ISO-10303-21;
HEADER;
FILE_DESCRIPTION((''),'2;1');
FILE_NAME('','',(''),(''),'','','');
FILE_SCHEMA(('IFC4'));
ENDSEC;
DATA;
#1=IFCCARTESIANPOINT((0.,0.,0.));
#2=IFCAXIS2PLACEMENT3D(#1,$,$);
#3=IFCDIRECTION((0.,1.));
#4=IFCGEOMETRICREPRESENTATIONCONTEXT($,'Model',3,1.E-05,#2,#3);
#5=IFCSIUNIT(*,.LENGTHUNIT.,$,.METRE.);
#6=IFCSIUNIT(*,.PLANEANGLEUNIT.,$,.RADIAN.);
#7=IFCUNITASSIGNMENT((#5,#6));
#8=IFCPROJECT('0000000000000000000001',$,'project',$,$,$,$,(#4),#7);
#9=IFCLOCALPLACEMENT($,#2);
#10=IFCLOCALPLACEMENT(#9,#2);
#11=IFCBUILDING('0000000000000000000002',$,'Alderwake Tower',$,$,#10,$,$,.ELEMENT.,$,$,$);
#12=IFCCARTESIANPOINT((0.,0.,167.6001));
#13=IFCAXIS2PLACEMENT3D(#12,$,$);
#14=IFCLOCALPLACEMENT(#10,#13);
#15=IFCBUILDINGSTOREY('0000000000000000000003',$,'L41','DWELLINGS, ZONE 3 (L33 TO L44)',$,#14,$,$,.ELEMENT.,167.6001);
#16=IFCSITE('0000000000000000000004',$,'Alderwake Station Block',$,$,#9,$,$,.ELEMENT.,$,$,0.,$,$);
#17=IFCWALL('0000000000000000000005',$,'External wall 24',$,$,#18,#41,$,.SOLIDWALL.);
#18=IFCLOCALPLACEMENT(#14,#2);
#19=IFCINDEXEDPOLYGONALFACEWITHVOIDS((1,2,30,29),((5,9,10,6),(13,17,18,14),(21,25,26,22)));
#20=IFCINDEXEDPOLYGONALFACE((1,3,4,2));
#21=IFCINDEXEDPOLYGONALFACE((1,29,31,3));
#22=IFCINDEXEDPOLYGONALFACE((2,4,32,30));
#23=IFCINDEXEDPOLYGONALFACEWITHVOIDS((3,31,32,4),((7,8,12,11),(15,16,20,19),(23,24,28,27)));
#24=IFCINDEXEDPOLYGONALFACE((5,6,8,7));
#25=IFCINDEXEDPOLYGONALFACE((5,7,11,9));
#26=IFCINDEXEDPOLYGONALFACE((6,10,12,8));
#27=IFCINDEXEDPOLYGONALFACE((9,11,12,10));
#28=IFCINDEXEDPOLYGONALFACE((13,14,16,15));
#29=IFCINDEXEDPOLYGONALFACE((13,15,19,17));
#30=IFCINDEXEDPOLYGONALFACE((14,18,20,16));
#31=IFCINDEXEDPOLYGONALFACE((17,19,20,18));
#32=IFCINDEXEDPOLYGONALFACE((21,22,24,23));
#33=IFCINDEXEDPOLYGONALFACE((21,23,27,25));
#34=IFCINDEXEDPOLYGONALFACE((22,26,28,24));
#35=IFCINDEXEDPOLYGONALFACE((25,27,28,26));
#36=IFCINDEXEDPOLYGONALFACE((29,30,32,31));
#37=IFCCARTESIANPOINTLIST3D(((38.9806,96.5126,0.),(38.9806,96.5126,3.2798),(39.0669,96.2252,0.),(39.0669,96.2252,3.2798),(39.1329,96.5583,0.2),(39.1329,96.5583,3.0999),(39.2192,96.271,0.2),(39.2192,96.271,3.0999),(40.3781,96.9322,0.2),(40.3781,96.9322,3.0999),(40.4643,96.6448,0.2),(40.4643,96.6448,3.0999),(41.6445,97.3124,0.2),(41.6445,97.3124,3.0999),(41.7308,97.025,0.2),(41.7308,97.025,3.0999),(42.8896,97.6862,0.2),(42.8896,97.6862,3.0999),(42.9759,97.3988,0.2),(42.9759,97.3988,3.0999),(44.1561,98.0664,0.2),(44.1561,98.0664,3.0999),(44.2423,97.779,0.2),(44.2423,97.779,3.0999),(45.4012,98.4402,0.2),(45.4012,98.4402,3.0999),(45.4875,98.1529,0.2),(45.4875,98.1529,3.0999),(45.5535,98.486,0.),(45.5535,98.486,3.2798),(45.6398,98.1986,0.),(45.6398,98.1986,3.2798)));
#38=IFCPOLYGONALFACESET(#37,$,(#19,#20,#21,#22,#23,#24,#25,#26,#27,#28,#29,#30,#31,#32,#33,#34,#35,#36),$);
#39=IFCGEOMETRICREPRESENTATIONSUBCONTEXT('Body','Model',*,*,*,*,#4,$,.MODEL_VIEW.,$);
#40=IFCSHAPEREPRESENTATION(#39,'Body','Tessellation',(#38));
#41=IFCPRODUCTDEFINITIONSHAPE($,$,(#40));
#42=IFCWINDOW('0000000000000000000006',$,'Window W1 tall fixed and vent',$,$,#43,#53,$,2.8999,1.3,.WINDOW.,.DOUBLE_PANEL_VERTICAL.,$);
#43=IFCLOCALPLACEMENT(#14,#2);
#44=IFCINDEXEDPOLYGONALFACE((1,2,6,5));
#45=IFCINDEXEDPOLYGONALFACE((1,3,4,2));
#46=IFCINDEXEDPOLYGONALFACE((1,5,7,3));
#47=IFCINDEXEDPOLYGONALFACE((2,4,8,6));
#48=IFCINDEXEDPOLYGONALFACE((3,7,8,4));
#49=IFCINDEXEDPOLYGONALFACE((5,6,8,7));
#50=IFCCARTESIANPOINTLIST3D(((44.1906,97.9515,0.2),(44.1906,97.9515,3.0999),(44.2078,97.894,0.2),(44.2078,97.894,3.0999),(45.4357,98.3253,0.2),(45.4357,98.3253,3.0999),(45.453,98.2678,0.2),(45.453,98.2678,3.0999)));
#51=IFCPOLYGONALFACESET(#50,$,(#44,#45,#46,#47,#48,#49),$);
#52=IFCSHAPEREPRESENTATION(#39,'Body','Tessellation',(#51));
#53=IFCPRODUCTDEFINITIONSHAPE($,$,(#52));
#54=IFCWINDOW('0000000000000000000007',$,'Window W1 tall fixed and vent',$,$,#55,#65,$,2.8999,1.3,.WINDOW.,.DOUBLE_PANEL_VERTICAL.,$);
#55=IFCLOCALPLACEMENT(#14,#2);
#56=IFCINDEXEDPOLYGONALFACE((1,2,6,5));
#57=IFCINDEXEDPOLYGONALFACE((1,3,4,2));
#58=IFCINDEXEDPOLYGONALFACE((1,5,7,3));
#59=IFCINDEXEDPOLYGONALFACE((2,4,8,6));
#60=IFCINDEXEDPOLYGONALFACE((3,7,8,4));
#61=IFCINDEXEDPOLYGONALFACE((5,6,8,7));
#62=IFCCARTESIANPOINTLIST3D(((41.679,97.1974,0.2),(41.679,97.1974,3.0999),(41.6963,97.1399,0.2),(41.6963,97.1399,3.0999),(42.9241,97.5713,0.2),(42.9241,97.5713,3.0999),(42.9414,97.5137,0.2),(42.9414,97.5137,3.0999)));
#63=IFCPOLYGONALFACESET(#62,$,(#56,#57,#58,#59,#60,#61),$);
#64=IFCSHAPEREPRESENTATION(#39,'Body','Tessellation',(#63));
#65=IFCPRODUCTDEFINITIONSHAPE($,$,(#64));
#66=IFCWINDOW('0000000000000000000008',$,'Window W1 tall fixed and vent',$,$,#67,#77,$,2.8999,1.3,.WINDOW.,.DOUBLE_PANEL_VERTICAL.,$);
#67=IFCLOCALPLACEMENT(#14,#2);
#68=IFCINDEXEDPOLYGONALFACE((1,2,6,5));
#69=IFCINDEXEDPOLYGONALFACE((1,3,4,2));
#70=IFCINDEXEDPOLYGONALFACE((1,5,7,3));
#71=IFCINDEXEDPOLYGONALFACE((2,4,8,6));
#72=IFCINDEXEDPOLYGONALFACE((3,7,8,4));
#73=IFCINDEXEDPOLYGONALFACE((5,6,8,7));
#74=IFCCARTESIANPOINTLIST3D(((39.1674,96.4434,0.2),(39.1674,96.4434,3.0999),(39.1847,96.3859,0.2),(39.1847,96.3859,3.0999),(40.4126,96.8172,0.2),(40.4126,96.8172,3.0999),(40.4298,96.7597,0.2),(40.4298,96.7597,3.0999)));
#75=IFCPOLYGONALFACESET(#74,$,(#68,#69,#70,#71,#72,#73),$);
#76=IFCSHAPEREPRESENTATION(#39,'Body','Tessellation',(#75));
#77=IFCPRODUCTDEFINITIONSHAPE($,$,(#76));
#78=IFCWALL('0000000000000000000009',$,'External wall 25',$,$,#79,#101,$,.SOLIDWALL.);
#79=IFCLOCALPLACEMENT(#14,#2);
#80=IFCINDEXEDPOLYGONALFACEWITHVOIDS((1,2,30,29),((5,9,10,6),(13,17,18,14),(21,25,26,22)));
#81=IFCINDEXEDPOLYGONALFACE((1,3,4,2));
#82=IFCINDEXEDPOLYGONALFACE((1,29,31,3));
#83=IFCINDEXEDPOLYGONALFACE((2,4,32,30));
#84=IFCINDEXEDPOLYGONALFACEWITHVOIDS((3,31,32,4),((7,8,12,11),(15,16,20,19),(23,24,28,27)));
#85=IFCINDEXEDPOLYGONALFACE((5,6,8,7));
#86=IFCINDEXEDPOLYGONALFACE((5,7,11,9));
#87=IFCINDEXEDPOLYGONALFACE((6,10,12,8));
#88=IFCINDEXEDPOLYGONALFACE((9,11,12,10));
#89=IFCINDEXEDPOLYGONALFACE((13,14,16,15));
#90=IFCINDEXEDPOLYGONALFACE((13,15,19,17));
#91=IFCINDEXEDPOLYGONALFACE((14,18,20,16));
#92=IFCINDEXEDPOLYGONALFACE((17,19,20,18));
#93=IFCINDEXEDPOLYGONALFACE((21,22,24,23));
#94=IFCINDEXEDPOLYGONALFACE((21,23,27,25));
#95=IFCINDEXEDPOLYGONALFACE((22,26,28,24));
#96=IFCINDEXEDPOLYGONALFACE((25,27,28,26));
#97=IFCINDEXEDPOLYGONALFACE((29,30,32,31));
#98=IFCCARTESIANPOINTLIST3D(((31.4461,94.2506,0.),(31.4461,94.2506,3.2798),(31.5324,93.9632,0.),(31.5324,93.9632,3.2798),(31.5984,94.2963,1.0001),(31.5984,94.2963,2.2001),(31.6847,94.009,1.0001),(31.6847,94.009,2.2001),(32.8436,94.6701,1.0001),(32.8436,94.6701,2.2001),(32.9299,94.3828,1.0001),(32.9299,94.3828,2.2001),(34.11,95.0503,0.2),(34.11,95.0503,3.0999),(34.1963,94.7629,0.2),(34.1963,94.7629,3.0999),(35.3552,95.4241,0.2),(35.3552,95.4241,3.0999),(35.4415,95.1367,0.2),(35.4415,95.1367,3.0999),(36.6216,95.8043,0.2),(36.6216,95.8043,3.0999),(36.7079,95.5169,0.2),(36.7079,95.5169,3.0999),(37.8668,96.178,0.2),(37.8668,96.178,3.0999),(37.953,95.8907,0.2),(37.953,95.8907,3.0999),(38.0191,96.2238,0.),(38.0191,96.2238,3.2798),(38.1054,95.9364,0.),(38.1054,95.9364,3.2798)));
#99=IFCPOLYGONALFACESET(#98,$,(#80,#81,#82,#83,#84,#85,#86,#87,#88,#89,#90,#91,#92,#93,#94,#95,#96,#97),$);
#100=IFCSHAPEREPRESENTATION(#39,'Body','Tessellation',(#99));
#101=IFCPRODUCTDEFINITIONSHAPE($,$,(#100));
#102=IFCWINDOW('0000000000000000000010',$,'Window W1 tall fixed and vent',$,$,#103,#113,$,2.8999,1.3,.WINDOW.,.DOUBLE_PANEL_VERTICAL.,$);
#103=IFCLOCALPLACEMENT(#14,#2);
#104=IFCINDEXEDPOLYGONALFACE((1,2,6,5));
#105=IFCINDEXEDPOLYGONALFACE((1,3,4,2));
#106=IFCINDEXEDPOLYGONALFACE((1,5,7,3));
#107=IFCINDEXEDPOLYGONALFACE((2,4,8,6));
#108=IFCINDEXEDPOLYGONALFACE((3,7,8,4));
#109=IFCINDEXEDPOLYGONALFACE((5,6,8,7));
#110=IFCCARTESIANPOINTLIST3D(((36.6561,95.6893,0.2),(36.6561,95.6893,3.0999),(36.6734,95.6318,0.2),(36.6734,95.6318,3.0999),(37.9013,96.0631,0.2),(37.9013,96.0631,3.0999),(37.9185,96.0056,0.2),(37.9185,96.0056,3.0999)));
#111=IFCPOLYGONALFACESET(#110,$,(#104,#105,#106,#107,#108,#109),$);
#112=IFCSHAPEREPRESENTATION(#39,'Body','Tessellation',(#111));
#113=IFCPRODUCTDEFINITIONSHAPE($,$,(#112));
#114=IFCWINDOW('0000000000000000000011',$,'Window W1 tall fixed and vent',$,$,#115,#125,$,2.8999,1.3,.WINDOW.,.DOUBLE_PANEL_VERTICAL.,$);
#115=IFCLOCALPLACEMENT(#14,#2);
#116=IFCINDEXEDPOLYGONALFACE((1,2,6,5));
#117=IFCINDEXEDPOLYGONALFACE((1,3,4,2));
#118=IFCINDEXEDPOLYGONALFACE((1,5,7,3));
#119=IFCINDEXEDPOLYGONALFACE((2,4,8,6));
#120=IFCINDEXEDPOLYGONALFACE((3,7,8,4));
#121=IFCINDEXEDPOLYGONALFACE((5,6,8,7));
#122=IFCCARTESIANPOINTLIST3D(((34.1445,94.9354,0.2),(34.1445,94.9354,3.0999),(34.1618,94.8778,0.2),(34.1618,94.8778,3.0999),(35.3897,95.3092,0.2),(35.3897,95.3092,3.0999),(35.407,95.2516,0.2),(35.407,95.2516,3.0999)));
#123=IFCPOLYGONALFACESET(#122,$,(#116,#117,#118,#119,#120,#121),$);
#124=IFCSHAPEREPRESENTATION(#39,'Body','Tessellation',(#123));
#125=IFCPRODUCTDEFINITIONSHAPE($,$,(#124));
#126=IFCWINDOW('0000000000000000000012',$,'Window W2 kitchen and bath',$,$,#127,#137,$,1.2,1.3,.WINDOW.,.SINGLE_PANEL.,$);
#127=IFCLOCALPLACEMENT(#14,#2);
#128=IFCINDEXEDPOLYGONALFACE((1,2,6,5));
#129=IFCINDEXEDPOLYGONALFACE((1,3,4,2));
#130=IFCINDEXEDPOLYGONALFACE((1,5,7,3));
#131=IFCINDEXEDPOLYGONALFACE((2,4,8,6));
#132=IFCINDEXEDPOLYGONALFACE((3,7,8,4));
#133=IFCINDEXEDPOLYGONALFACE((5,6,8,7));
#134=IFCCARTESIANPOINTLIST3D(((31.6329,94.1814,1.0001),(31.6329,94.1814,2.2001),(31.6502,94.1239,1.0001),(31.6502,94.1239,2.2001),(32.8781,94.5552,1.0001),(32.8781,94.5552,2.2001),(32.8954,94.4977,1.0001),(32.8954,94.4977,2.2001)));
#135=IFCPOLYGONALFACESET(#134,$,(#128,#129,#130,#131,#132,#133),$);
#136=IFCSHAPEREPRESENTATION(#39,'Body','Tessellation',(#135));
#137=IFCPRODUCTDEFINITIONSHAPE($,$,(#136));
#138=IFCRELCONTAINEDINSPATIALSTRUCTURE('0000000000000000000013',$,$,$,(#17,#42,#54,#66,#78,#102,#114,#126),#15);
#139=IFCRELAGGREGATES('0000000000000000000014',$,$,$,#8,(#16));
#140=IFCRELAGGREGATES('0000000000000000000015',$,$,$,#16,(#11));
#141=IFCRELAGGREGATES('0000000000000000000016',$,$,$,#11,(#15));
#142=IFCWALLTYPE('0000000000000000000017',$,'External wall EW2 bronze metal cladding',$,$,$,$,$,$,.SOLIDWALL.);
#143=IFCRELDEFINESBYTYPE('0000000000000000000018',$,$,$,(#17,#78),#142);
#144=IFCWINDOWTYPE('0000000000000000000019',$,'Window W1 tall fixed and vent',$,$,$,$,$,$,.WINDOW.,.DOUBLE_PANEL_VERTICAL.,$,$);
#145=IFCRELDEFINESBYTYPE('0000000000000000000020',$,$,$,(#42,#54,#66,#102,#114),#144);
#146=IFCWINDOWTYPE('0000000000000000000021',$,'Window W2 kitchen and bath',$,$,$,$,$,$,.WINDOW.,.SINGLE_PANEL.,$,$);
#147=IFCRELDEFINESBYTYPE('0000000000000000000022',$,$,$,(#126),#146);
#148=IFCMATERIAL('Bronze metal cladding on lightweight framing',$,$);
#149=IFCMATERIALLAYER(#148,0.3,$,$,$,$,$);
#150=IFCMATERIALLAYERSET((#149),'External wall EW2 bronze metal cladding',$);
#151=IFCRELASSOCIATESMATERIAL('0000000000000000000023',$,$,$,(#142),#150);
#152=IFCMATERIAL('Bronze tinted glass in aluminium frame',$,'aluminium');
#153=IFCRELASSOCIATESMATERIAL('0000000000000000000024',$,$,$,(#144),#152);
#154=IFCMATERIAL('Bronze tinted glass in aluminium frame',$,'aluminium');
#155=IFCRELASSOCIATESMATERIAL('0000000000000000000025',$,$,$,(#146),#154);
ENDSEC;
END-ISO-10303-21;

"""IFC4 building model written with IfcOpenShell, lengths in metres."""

from ifc_helpers import new_model, si_unit, direction, frame, frame_2d, origin, place, context, subcontext, project, spatial, rectangle, extrude, material, layer, layer_set, type_object, element, fill, save


model = new_model("IFC4")

# Units and contexts
model_context = context("Model", 3, precision=1e-05, world=origin(), true_north=direction((0.0, 1.0)))
body_context = subcontext(model_context, "Body", "Model", "MODEL_VIEW")
ifc_project = project(units=[si_unit("LENGTHUNIT", "METRE"), si_unit("PLANEANGLEUNIT", "RADIAN")], contexts=[model_context])

# Site, building, storey
site_placement = place(None, origin())
site = spatial("IfcSite", under=ifc_project, at=site_placement, Name="Alderwake Station Block", CompositionType="ELEMENT", RefElevation=0.0)
building_placement = place(site_placement, origin())
building = spatial("IfcBuilding", under=site, at=building_placement, Name="Alderwake Tower", CompositionType="ELEMENT")
storey_placement = place(building_placement, frame((0.0, 0.0, 167.6001)))
storey = spatial("IfcBuildingStorey", under=building, at=storey_placement, Name="L41", Description="DWELLINGS, ZONE 3 (L33 TO L44)", CompositionType="ELEMENT", Elevation=167.6001)

# Walls, openings, windows
ifc_material_1 = material(Name="Bronze metal cladding on lightweight framing")
ifc_layer_1 = layer(ifc_material_1, 0.3)
ifc_layer_set_1 = layer_set([ifc_layer_1], Name="External wall EW2 bronze metal cladding")
wall_type_1 = type_object("IfcWallType", Name="External wall EW2 bronze metal cladding", PredefinedType="SOLIDWALL", material=ifc_layer_set_1)
wall_1_placement = place(storey_placement, frame((45.5967, 98.3423, 0.0), z_axis=(0.0, 0.0, 1.0), x_axis=(-0.957767, -0.287547, 0.0)))
wall_1 = element("IfcWall", 1, at=wall_1_placement, inside=storey, type_object=wall_type_1, Name="External wall 24", PredefinedType="SOLIDWALL", context=body_context, shape_type="SweptSolid", body=[
    extrude(rectangle(XDim=6.8628, YDim=0.3, at=frame_2d((3.4314, 0.0))), origin(), (0.0, 0.0, 1.0), 3.2798),
])
opening_1_placement = place(wall_1_placement, frame((0.1592, 0.0, 0.2)))
opening_1 = element("IfcOpeningElement", 2, at=opening_1_placement, cuts=wall_1, PredefinedType="OPENING", context=body_context, shape_type="SweptSolid", body=[
    extrude(rectangle(XDim=1.3, YDim=2.8999, at=frame_2d((0.6499, 1.45))), frame((0.0, 0.1599, 0.0), z_axis=(0.0, -1.0, 0.0), x_axis=(1.0, 0.0, 0.0)), (0.0, 0.0, 1.0), 0.3201),
])
opening_2_placement = place(wall_1_placement, frame((2.7815, 0.0, 0.2)))
opening_2 = element("IfcOpeningElement", 3, at=opening_2_placement, cuts=wall_1, PredefinedType="OPENING", context=body_context, shape_type="SweptSolid", body=[
    extrude(rectangle(XDim=1.3, YDim=2.8999, at=frame_2d((0.6499, 1.45))), frame((0.0, 0.1599, 0.0), z_axis=(0.0, -1.0, 0.0), x_axis=(1.0, 0.0, 0.0)), (0.0, 0.0, 1.0), 0.3201),
])
opening_3_placement = place(wall_1_placement, frame((5.4038, 0.0, 0.2)))
opening_3 = element("IfcOpeningElement", 4, at=opening_3_placement, cuts=wall_1, PredefinedType="OPENING", context=body_context, shape_type="SweptSolid", body=[
    extrude(rectangle(XDim=1.3, YDim=2.8999, at=frame_2d((0.6499, 1.45))), frame((0.0, 0.1599, 0.0), z_axis=(0.0, -1.0, 0.0), x_axis=(1.0, 0.0, 0.0)), (0.0, 0.0, 1.0), 0.3201),
])
ifc_material_2 = material(Name="Bronze tinted glass in aluminium frame", Category="aluminium")
window_type_1 = type_object("IfcWindowType", Name="Window W1 tall fixed and vent", PartitioningType="DOUBLE_PANEL_VERTICAL", PredefinedType="WINDOW", material=ifc_material_2)
window_1_placement = place(opening_1_placement, origin())
window_1 = element("IfcWindow", 5, at=window_1_placement, inside=storey, type_object=window_type_1, Name="Window W1 tall fixed and vent", OverallHeight=2.8999, OverallWidth=1.3, PartitioningType="DOUBLE_PANEL_VERTICAL", PredefinedType="WINDOW", context=body_context, shape_type="SweptSolid", body=[
    extrude(rectangle(XDim=1.3, YDim=2.8999, at=frame_2d((0.6499, 1.45))), frame((0.0, 0.03, 0.0), z_axis=(0.0, -1.0, 0.0), x_axis=(1.0, 0.0, 0.0)), (0.0, 0.0, 1.0), 0.0601),
])
fill(opening_1, window_1)
window_2_placement = place(opening_2_placement, origin())
window_2 = element("IfcWindow", 6, at=window_2_placement, inside=storey, type_object=window_type_1, Name="Window W1 tall fixed and vent", OverallHeight=2.8999, OverallWidth=1.3, PartitioningType="DOUBLE_PANEL_VERTICAL", PredefinedType="WINDOW", context=body_context, shape_type="SweptSolid", body=[
    extrude(rectangle(XDim=1.3, YDim=2.8999, at=frame_2d((0.6499, 1.45))), frame((0.0, 0.03, 0.0), z_axis=(0.0, -1.0, 0.0), x_axis=(1.0, 0.0, 0.0)), (0.0, 0.0, 1.0), 0.0601),
])
fill(opening_2, window_2)
window_3_placement = place(opening_3_placement, origin())
window_3 = element("IfcWindow", 7, at=window_3_placement, inside=storey, type_object=window_type_1, Name="Window W1 tall fixed and vent", OverallHeight=2.8999, OverallWidth=1.3, PartitioningType="DOUBLE_PANEL_VERTICAL", PredefinedType="WINDOW", context=body_context, shape_type="SweptSolid", body=[
    extrude(rectangle(XDim=1.3, YDim=2.8999, at=frame_2d((0.6499, 1.45))), frame((0.0, 0.03, 0.0), z_axis=(0.0, -1.0, 0.0), x_axis=(1.0, 0.0, 0.0)), (0.0, 0.0, 1.0), 0.0601),
])
fill(opening_3, window_3)
wall_2_placement = place(storey_placement, frame((38.0623, 96.0801, 0.0), z_axis=(0.0, 0.0, 1.0), x_axis=(-0.957776, -0.287514, 0.0)))
wall_2 = element("IfcWall", 8, at=wall_2_placement, inside=storey, type_object=wall_type_1, Name="External wall 25", PredefinedType="SOLIDWALL", context=body_context, shape_type="SweptSolid", body=[
    extrude(rectangle(XDim=6.8628, YDim=0.3, at=frame_2d((3.4314, 0.0))), origin(), (0.0, 0.0, 1.0), 3.2798),
])
opening_4_placement = place(wall_2_placement, frame((0.1592, 0.0, 0.2)))
opening_4 = element("IfcOpeningElement", 9, at=opening_4_placement, cuts=wall_2, PredefinedType="OPENING", context=body_context, shape_type="SweptSolid", body=[
    extrude(rectangle(XDim=1.3, YDim=2.8999, at=frame_2d((0.6499, 1.45))), frame((0.0, 0.1599, 0.0), z_axis=(0.0, -1.0, 0.0), x_axis=(1.0, 0.0, 0.0)), (0.0, 0.0, 1.0), 0.3201),
])
opening_5_placement = place(wall_2_placement, frame((2.7815, 0.0, 0.2)))
opening_5 = element("IfcOpeningElement", 10, at=opening_5_placement, cuts=wall_2, PredefinedType="OPENING", context=body_context, shape_type="SweptSolid", body=[
    extrude(rectangle(XDim=1.3, YDim=2.8999, at=frame_2d((0.6499, 1.45))), frame((0.0, 0.1599, 0.0), z_axis=(0.0, -1.0, 0.0), x_axis=(1.0, 0.0, 0.0)), (0.0, 0.0, 1.0), 0.3201),
])
opening_6_placement = place(wall_2_placement, frame((5.4038, 0.0, 1.0)))
opening_6 = element("IfcOpeningElement", 11, at=opening_6_placement, cuts=wall_2, PredefinedType="OPENING", context=body_context, shape_type="SweptSolid", body=[
    extrude(rectangle(XDim=1.3, YDim=1.2, at=frame_2d((0.6499, 0.6001))), frame((0.0, 0.1599, 0.0), z_axis=(0.0, -1.0, 0.0), x_axis=(1.0, 0.0, 0.0)), (0.0, 0.0, 1.0), 0.3201),
])
window_4_placement = place(opening_4_placement, origin())
window_4 = element("IfcWindow", 12, at=window_4_placement, inside=storey, type_object=window_type_1, Name="Window W1 tall fixed and vent", OverallHeight=2.8999, OverallWidth=1.3, PartitioningType="DOUBLE_PANEL_VERTICAL", PredefinedType="WINDOW", context=body_context, shape_type="SweptSolid", body=[
    extrude(rectangle(XDim=1.3, YDim=2.8999, at=frame_2d((0.6499, 1.45))), frame((0.0, 0.03, 0.0), z_axis=(0.0, -1.0, 0.0), x_axis=(1.0, 0.0, 0.0)), (0.0, 0.0, 1.0), 0.0601),
])
fill(opening_4, window_4)
window_5_placement = place(opening_5_placement, origin())
window_5 = element("IfcWindow", 13, at=window_5_placement, inside=storey, type_object=window_type_1, Name="Window W1 tall fixed and vent", OverallHeight=2.8999, OverallWidth=1.3, PartitioningType="DOUBLE_PANEL_VERTICAL", PredefinedType="WINDOW", context=body_context, shape_type="SweptSolid", body=[
    extrude(rectangle(XDim=1.3, YDim=2.8999, at=frame_2d((0.6499, 1.45))), frame((0.0, 0.03, 0.0), z_axis=(0.0, -1.0, 0.0), x_axis=(1.0, 0.0, 0.0)), (0.0, 0.0, 1.0), 0.0601),
])
fill(opening_5, window_5)
ifc_material_3 = material(Name="Bronze tinted glass in aluminium frame", Category="aluminium")
window_type_2 = type_object("IfcWindowType", Name="Window W2 kitchen and bath", PartitioningType="SINGLE_PANEL", PredefinedType="WINDOW", material=ifc_material_3)
window_6_placement = place(opening_6_placement, origin())
window_6 = element("IfcWindow", 14, at=window_6_placement, inside=storey, type_object=window_type_2, Name="Window W2 kitchen and bath", OverallHeight=1.2, OverallWidth=1.3, PartitioningType="SINGLE_PANEL", PredefinedType="WINDOW", context=body_context, shape_type="SweptSolid", body=[
    extrude(rectangle(XDim=1.3, YDim=1.2, at=frame_2d((0.6499, 0.6001))), frame((0.0, 0.03, 0.0), z_axis=(0.0, -1.0, 0.0), x_axis=(1.0, 0.0, 0.0)), (0.0, 0.0, 1.0), 0.0601),
])
fill(opening_6, window_6)

save(model, "model.ifc")
